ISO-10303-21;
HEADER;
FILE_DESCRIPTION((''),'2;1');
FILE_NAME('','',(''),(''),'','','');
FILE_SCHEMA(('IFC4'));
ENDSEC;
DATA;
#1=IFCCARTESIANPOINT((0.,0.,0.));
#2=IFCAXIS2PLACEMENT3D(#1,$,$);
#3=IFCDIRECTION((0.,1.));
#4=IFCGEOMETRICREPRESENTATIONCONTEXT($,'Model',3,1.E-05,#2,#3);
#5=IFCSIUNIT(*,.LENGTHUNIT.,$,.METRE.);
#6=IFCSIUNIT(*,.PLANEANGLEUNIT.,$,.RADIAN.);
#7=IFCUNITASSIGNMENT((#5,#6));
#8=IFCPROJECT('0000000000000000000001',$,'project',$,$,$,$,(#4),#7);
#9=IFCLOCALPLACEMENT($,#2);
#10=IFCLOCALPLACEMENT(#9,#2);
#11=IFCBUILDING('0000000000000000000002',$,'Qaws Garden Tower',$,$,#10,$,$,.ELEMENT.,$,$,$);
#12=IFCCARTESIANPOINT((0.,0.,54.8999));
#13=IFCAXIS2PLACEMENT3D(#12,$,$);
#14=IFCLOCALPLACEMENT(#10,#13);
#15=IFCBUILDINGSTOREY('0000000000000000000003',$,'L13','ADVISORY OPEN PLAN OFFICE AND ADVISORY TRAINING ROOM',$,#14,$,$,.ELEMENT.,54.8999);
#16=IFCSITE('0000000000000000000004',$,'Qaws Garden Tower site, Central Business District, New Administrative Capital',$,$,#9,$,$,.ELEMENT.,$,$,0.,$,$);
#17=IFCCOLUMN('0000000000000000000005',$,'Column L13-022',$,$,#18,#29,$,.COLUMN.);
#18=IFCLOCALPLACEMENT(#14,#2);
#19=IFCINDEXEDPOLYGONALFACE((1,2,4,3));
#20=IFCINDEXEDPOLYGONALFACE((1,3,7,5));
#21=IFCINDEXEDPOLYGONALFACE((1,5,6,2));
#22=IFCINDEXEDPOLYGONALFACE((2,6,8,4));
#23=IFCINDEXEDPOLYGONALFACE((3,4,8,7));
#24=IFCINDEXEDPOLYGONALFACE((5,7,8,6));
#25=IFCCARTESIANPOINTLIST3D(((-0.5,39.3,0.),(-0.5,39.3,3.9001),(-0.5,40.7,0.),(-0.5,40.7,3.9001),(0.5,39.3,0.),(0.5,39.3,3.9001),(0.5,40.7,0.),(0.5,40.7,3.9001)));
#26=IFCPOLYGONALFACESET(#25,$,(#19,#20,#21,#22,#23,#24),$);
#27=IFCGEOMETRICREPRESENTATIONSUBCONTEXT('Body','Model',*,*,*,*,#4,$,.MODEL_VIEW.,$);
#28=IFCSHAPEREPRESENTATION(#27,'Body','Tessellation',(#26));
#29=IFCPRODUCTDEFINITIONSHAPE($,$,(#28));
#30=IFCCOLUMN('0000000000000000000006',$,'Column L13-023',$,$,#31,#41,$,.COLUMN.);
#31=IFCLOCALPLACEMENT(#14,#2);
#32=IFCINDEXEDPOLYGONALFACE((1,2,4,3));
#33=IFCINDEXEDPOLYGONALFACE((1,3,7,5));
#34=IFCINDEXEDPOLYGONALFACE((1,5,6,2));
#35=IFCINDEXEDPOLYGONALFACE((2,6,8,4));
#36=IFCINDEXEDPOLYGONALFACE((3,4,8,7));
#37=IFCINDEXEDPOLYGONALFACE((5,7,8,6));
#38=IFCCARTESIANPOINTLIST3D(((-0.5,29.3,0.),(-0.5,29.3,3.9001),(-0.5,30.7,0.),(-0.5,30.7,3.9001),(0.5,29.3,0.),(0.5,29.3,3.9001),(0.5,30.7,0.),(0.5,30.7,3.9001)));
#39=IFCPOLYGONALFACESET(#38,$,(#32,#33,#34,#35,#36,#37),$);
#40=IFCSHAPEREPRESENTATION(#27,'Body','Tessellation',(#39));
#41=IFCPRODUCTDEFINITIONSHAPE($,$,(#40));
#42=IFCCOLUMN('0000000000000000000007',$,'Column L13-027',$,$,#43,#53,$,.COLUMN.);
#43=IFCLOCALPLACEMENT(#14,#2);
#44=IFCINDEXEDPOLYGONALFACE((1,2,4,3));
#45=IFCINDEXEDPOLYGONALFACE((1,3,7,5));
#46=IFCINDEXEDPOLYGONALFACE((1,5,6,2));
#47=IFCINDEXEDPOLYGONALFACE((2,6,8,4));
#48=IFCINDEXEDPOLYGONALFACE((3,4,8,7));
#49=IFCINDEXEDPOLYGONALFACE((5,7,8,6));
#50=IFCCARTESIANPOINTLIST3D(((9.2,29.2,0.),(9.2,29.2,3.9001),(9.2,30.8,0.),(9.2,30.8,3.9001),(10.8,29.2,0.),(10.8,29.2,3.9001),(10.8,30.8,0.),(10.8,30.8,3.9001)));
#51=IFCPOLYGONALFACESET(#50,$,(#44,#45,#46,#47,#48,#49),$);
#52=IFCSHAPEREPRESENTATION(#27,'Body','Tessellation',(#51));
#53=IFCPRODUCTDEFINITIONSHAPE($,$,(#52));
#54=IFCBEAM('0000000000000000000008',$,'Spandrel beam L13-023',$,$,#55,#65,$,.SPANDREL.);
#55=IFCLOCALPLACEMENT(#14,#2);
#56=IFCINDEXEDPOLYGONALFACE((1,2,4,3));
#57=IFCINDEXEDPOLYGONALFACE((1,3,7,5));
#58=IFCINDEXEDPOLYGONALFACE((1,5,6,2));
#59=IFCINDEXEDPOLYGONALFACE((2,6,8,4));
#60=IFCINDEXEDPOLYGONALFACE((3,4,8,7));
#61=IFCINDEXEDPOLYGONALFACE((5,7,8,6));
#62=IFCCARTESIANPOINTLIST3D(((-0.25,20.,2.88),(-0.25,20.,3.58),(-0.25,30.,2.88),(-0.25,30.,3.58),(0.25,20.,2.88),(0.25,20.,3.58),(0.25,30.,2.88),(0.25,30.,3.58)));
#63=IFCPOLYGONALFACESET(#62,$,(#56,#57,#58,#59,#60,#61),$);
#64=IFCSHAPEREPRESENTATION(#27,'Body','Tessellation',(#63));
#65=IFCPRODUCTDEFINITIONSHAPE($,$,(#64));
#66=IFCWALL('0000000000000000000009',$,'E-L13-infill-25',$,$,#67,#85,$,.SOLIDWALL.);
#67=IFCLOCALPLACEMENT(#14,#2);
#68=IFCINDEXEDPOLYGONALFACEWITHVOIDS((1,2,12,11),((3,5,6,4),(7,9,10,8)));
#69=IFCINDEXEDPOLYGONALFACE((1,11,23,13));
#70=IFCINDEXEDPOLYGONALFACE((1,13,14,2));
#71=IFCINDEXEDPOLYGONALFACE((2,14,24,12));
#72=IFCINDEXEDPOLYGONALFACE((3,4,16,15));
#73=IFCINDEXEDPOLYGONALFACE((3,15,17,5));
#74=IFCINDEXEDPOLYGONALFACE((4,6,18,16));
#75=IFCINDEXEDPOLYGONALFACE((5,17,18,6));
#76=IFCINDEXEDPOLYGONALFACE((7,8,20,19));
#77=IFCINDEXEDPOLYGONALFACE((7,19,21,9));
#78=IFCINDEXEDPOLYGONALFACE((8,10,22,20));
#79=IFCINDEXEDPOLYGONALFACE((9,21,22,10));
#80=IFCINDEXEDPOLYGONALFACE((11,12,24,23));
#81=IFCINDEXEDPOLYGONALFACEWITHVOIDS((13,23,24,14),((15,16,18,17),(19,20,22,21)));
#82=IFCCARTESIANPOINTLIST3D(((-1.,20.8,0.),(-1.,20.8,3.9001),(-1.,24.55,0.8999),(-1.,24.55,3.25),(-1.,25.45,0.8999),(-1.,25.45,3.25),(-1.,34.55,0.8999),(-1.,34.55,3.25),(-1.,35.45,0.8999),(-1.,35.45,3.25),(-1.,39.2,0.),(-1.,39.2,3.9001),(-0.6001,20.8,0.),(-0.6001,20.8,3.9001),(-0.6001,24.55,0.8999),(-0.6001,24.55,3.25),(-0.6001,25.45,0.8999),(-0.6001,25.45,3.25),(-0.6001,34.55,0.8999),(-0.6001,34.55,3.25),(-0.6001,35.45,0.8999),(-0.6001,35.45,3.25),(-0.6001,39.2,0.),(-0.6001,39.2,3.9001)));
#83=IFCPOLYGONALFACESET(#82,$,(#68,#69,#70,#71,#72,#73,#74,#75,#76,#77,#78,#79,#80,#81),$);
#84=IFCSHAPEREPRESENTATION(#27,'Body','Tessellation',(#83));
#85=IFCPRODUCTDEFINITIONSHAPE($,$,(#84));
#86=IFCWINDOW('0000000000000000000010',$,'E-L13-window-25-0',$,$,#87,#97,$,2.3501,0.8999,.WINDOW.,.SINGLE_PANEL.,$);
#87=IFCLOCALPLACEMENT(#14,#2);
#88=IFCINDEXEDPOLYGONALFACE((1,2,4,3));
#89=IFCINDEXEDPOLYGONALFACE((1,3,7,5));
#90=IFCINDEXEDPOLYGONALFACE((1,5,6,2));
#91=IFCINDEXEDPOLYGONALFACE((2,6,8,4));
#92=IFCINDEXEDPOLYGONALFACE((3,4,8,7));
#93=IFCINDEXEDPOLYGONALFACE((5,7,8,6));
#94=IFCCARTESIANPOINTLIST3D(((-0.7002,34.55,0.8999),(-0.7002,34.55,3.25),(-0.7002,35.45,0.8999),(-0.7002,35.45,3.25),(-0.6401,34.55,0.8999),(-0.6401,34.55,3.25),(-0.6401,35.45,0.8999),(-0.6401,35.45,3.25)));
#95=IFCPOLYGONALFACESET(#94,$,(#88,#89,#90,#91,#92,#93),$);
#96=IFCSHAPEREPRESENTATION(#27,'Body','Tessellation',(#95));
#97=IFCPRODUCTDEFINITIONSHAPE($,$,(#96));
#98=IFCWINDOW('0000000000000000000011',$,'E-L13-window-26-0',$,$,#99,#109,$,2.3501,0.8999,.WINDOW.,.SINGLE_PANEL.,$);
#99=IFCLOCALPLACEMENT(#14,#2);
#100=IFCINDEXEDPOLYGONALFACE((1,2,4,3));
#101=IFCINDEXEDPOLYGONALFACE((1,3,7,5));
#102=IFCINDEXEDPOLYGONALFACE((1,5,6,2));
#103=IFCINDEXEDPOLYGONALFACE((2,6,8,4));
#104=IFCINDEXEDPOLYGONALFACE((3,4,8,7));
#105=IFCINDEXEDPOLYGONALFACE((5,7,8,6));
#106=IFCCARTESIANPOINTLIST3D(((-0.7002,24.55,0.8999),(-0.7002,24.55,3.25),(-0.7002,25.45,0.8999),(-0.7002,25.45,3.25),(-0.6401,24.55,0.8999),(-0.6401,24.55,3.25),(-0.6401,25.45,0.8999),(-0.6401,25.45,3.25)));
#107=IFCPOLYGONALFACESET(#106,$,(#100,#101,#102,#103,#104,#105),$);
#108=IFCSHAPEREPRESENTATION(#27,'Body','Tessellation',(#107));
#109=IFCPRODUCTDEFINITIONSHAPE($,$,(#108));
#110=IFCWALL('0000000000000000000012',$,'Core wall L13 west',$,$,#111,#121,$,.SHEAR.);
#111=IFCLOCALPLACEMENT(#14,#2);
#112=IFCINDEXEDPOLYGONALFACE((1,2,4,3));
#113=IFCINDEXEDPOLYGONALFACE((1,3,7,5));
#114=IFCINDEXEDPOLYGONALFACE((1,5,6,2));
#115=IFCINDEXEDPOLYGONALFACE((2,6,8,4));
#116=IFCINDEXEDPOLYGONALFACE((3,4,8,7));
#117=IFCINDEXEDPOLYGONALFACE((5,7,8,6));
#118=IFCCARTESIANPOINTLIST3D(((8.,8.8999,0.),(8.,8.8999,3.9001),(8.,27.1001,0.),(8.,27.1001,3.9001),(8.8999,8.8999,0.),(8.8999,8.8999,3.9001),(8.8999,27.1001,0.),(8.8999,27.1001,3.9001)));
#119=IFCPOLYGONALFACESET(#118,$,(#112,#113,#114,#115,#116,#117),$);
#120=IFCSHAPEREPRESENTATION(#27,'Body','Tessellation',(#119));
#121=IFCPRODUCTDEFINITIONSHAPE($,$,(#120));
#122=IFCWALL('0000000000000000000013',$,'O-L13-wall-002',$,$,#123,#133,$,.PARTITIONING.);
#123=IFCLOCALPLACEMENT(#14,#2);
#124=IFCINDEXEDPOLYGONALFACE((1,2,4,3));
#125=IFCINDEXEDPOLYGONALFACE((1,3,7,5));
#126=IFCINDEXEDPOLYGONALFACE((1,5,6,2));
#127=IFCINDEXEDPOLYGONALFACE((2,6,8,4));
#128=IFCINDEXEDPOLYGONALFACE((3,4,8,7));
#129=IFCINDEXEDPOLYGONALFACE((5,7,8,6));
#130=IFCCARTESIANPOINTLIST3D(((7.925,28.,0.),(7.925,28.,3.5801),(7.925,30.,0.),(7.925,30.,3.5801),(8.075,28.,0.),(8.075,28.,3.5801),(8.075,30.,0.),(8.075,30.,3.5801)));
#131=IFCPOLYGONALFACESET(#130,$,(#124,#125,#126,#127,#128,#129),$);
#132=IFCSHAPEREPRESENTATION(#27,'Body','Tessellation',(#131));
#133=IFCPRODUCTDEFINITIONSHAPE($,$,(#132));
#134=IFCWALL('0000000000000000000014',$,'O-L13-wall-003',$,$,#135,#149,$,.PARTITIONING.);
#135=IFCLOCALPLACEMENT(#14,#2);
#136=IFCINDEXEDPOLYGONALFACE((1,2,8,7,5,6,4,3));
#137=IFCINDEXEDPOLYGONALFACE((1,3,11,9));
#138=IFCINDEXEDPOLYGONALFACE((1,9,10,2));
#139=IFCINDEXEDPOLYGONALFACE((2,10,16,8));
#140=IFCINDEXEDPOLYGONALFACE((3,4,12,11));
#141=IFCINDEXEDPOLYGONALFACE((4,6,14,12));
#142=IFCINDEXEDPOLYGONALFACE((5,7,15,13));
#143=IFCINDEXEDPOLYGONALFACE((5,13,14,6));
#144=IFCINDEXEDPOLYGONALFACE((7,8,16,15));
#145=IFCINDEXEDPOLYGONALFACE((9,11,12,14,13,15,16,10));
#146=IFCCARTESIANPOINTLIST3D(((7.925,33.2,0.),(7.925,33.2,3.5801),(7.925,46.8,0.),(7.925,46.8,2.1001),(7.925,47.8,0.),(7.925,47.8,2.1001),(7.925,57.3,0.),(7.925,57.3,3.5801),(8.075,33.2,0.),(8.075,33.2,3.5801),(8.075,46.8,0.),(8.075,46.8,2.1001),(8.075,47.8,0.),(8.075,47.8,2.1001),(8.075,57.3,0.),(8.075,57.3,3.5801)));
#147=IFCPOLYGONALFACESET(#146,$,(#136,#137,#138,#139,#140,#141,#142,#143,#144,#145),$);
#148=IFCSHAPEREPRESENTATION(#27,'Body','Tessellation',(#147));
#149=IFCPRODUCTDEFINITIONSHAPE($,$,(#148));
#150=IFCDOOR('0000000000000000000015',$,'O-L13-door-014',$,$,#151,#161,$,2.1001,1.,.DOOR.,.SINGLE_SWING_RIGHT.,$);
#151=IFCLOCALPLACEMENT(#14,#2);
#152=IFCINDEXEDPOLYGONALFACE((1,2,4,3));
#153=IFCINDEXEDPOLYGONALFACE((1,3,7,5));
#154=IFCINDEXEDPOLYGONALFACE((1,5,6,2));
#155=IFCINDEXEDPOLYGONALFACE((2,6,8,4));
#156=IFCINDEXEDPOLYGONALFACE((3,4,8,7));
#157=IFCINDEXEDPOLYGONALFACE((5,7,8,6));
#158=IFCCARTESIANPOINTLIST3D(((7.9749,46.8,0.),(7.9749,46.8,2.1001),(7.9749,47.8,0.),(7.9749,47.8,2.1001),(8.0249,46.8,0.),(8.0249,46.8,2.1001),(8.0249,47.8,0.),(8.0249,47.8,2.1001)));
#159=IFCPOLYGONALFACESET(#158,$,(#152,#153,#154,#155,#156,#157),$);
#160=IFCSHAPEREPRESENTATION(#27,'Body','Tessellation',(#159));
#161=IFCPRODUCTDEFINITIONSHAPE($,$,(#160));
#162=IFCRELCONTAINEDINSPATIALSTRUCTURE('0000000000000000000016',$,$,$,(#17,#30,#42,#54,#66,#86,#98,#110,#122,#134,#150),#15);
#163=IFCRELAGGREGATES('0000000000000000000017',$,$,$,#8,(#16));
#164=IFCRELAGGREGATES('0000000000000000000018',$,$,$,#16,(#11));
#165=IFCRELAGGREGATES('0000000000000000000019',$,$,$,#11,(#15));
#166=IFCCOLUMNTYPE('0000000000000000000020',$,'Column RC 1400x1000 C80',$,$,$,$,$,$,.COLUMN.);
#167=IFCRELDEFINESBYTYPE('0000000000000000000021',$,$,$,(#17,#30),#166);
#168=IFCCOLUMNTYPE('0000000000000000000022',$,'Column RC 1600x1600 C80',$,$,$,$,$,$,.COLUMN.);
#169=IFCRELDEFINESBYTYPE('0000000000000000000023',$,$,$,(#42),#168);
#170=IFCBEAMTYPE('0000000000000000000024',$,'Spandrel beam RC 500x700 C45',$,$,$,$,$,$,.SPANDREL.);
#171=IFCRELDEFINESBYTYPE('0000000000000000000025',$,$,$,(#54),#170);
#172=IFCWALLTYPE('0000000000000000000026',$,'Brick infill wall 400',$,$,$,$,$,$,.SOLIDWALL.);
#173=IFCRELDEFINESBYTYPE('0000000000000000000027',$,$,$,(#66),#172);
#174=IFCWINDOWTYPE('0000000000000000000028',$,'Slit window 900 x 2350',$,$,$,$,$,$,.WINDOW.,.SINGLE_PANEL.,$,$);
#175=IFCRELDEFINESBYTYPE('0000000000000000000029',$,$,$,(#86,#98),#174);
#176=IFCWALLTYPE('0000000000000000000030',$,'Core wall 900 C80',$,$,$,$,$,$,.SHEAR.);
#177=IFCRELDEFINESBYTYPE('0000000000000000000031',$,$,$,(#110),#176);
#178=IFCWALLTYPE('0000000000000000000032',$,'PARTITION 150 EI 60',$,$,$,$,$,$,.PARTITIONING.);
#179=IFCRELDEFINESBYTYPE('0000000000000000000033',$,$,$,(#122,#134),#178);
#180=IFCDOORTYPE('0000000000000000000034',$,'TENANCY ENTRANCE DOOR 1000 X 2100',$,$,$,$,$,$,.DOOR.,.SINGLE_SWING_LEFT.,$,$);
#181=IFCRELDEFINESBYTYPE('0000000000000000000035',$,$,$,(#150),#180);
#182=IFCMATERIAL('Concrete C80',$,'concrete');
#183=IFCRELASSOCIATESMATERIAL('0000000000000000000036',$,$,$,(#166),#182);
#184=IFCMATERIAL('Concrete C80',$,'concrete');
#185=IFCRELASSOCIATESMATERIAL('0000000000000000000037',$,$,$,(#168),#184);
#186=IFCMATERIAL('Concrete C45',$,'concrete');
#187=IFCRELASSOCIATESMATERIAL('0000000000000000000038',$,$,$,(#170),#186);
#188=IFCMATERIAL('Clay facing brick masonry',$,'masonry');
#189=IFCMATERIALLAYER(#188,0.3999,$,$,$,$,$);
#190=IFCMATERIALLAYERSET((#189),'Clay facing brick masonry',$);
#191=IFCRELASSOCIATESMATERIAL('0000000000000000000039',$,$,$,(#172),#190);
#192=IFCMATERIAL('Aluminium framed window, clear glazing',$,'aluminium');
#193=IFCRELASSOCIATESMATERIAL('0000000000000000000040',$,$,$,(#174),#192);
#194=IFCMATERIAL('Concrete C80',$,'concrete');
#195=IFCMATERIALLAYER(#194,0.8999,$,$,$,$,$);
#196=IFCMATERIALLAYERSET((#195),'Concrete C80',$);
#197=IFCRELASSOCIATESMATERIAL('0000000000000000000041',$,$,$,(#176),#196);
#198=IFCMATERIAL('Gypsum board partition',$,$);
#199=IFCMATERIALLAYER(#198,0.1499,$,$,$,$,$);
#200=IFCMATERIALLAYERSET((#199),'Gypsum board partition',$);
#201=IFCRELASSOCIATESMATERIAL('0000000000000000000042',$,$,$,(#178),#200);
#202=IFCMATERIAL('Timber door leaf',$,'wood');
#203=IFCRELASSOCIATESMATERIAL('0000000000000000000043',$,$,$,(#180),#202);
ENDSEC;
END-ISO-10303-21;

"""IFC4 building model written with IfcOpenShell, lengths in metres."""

from ifc_helpers import new_model, si_unit, direction, frame, frame_2d, origin, origin_2d, place, context, subcontext, project, spatial, rectangle, extrude, material, layer, layer_set, material_profile, profile_set, type_object, element, fill, save


model = new_model("IFC4")

# Units and contexts
model_context = context("Model", 3, precision=1e-05, world=origin(), true_north=direction((0.0, 1.0)))
body_context = subcontext(model_context, "Body", "Model", "MODEL_VIEW")
ifc_project = project(units=[si_unit("LENGTHUNIT", "METRE"), si_unit("PLANEANGLEUNIT", "RADIAN")], contexts=[model_context])

# Site, building, storey
site_placement = place(None, origin())
site = spatial("IfcSite", under=ifc_project, at=site_placement, Name="Qaws Garden Tower site, Central Business District, New Administrative Capital", CompositionType="ELEMENT", RefElevation=0.0)
building_placement = place(site_placement, origin())
building = spatial("IfcBuilding", under=site, at=building_placement, Name="Qaws Garden Tower", CompositionType="ELEMENT")
storey_placement = place(building_placement, frame((0.0, 0.0, 54.8999)))
storey = spatial("IfcBuildingStorey", under=building, at=storey_placement, Name="L13", Description="ADVISORY OPEN PLAN OFFICE AND ADVISORY TRAINING ROOM", CompositionType="ELEMENT", Elevation=54.8999)

# Columns
ifc_material_1 = material(Name="Concrete C80", Category="concrete")
ifc_material_profile_1 = material_profile(ifc_material_1, rectangle(XDim=1.3999, YDim=1.0, at=origin_2d()), Name="RC 1400x1000")
ifc_profile_set_1 = profile_set([ifc_material_profile_1], Name="Concrete C80")
column_type_1 = type_object("IfcColumnType", Name="Column RC 1400x1000 C80", PredefinedType="COLUMN", material=ifc_profile_set_1)
for number, where, z_axis, x_axis, name in (
    (1, (0.0, 40.0, 0.0), (0.0, 0.0, 1.0), (0.0, 1.0, 0.0), "Column L13-022"),
    (2, (0.0, 30.0, 0.0), (0.0, 0.0, 1.0), (0.0, 1.0, 0.0), "Column L13-023"),
):
    element("IfcColumn", number, at=place(storey_placement, frame(where, z_axis=z_axis, x_axis=x_axis)), inside=storey, type_object=column_type_1, Name=name, PredefinedType="COLUMN", context=body_context, shape_type="SweptSolid", body=[
        extrude(rectangle(XDim=1.3999, YDim=1.0, at=origin_2d()), origin(), (0.0, 0.0, 1.0), 3.9001),
    ])
ifc_material_2 = material(Name="Concrete C80", Category="concrete")
ifc_material_profile_2 = material_profile(ifc_material_2, rectangle(XDim=1.6001, YDim=1.6001, at=origin_2d()), Name="RC 1600x1600")
ifc_profile_set_2 = profile_set([ifc_material_profile_2], Name="Concrete C80")
column_type_2 = type_object("IfcColumnType", Name="Column RC 1600x1600 C80", PredefinedType="COLUMN", material=ifc_profile_set_2)
column_placement = place(storey_placement, frame((10.0, 30.0, 0.0), z_axis=(0.0, 0.0, 1.0), x_axis=(1.0, 0.0, 0.0)))
element("IfcColumn", 3, at=column_placement, inside=storey, type_object=column_type_2, Name="Column L13-027", PredefinedType="COLUMN", context=body_context, shape_type="SweptSolid", body=[
    extrude(rectangle(XDim=1.6001, YDim=1.6001, at=origin_2d()), origin(), (0.0, 0.0, 1.0), 3.9001),
])

# Beam
ifc_material_3 = material(Name="Concrete C45", Category="concrete")
ifc_material_profile_3 = material_profile(ifc_material_3, rectangle(XDim=0.5, YDim=0.7, at=origin_2d()), Name="RC 500x700")
ifc_profile_set_3 = profile_set([ifc_material_profile_3], Name="Concrete C45")
beam_type = type_object("IfcBeamType", Name="Spandrel beam RC 500x700 C45", PredefinedType="SPANDREL", material=ifc_profile_set_3)
beam_placement = place(storey_placement, frame((0.0, 30.0, 3.23), z_axis=(0.0, -1.0, 0.0), x_axis=(1.0, 0.0, 0.0)))
element("IfcBeam", 4, at=beam_placement, inside=storey, type_object=beam_type, Name="Spandrel beam L13-023", PredefinedType="SPANDREL", context=body_context, shape_type="SweptSolid", body=[
    extrude(rectangle(XDim=0.5, YDim=0.7, at=origin_2d()), origin(), (0.0, 0.0, 1.0), 10.0),
])

# Wall, openings, windows
ifc_material_4 = material(Name="Clay facing brick masonry", Category="masonry")
ifc_layer_1 = layer(ifc_material_4, 0.3999)
ifc_layer_set_1 = layer_set([ifc_layer_1], Name="Clay facing brick masonry")
wall_type_1 = type_object("IfcWallType", Name="Brick infill wall 400", PredefinedType="SOLIDWALL", material=ifc_layer_set_1)
wall_1_placement = place(storey_placement, frame((-0.8, 39.2, 0.0), z_axis=(0.0, 0.0, 1.0), x_axis=(0.0, -1.0, 0.0)))
wall_1 = element("IfcWall", 5, at=wall_1_placement, inside=storey, type_object=wall_type_1, Name="E-L13-infill-25", PredefinedType="SOLIDWALL", context=body_context, shape_type="SweptSolid", body=[
    extrude(rectangle(XDim=18.3999, YDim=0.3999, at=frame_2d((9.2, 0.0))), origin(), (0.0, 0.0, 1.0), 3.9001),
])
opening_1_placement = place(wall_1_placement, frame((3.75, 0.0, 0.8999)))
opening_1 = element("IfcOpeningElement", 6, at=opening_1_placement, cuts=wall_1, PredefinedType="OPENING", context=body_context, shape_type="SweptSolid", body=[
    extrude(rectangle(XDim=0.8999, YDim=2.3501, at=frame_2d((0.45, 1.175))), frame((0.0, 0.21, 0.0), z_axis=(0.0, -1.0, 0.0), x_axis=(1.0, 0.0, 0.0)), (0.0, 0.0, 1.0), 0.4199),
])
opening_2_placement = place(wall_1_placement, frame((13.75, 0.0, 0.8999)))
opening_2 = element("IfcOpeningElement", 7, at=opening_2_placement, cuts=wall_1, PredefinedType="OPENING", context=body_context, shape_type="SweptSolid", body=[
    extrude(rectangle(XDim=0.8999, YDim=2.3501, at=frame_2d((0.45, 1.175))), frame((0.0, 0.21, 0.0), z_axis=(0.0, -1.0, 0.0), x_axis=(1.0, 0.0, 0.0)), (0.0, 0.0, 1.0), 0.4199),
])
ifc_material_5 = material(Name="Aluminium framed window, clear glazing", Category="aluminium")
window_type = type_object("IfcWindowType", Name="Slit window 900 x 2350", PartitioningType="SINGLE_PANEL", PredefinedType="WINDOW", material=ifc_material_5)
window_1_placement = place(opening_1_placement, origin())
window_1 = element("IfcWindow", 8, at=window_1_placement, inside=storey, type_object=window_type, Name="E-L13-window-25-0", OverallHeight=2.3501, OverallWidth=0.8999, PartitioningType="SINGLE_PANEL", PredefinedType="WINDOW", context=body_context, shape_type="SweptSolid", body=[
    extrude(rectangle(XDim=0.8999, YDim=2.3501, at=frame_2d((0.45, 1.175))), frame((0.0, 0.1599, 0.0), z_axis=(0.0, -1.0, 0.0), x_axis=(1.0, 0.0, 0.0)), (0.0, 0.0, 1.0), 0.0601),
])
fill(opening_1, window_1)
window_2_placement = place(opening_2_placement, origin())
window_2 = element("IfcWindow", 9, at=window_2_placement, inside=storey, type_object=window_type, Name="E-L13-window-26-0", OverallHeight=2.3501, OverallWidth=0.8999, PartitioningType="SINGLE_PANEL", PredefinedType="WINDOW", context=body_context, shape_type="SweptSolid", body=[
    extrude(rectangle(XDim=0.8999, YDim=2.3501, at=frame_2d((0.45, 1.175))), frame((0.0, 0.1599, 0.0), z_axis=(0.0, -1.0, 0.0), x_axis=(1.0, 0.0, 0.0)), (0.0, 0.0, 1.0), 0.0601),
])
fill(opening_2, window_2)

# Walls
ifc_material_6 = material(Name="Concrete C80", Category="concrete")
ifc_layer_2 = layer(ifc_material_6, 0.8999)
ifc_layer_set_2 = layer_set([ifc_layer_2], Name="Concrete C80")
wall_type_2 = type_object("IfcWallType", Name="Core wall 900 C80", PredefinedType="SHEAR", material=ifc_layer_set_2)
wall_2_placement = place(storey_placement, frame((8.45, 27.1001, 0.0), z_axis=(0.0, 0.0, 1.0), x_axis=(0.0, -1.0, 0.0)))
element("IfcWall", 10, at=wall_2_placement, inside=storey, type_object=wall_type_2, Name="Core wall L13 west", PredefinedType="SHEAR", context=body_context, shape_type="SweptSolid", body=[
    extrude(rectangle(XDim=18.2002, YDim=0.8999, at=frame_2d((9.1001, 0.0))), origin(), (0.0, 0.0, 1.0), 3.9001),
])
ifc_material_7 = material(Name="Gypsum board partition")
ifc_layer_3 = layer(ifc_material_7, 0.1499)
ifc_layer_set_3 = layer_set([ifc_layer_3], Name="Gypsum board partition")
wall_type_3 = type_object("IfcWallType", Name="PARTITION 150 EI 60", PredefinedType="PARTITIONING", material=ifc_layer_set_3)
wall_3_placement = place(storey_placement, frame((8.0, 28.0, 0.0), z_axis=(0.0, 0.0, 1.0), x_axis=(0.0, 1.0, 0.0)))
element("IfcWall", 11, at=wall_3_placement, inside=storey, type_object=wall_type_3, Name="O-L13-wall-002", PredefinedType="PARTITIONING", context=body_context, shape_type="SweptSolid", body=[
    extrude(rectangle(XDim=2.0, YDim=0.1499, at=frame_2d((1.0, 0.0))), origin(), (0.0, 0.0, 1.0), 3.5801),
])

# Wall, opening, door
wall_4_placement = place(storey_placement, frame((8.0, 33.2, 0.0), z_axis=(0.0, 0.0, 1.0), x_axis=(0.0, 1.0, 0.0)))
wall_4 = element("IfcWall", 12, at=wall_4_placement, inside=storey, type_object=wall_type_3, Name="O-L13-wall-003", PredefinedType="PARTITIONING", context=body_context, shape_type="SweptSolid", body=[
    extrude(rectangle(XDim=24.1001, YDim=0.1499, at=frame_2d((12.05, 0.0))), origin(), (0.0, 0.0, 1.0), 3.5801),
])
opening_3_placement = place(wall_4_placement, frame((13.6001, 0.0, 0.0)))
opening_3 = element("IfcOpeningElement", 13, at=opening_3_placement, cuts=wall_4, PredefinedType="OPENING", context=body_context, shape_type="SweptSolid", body=[
    extrude(rectangle(XDim=1.0, YDim=2.1001, at=frame_2d((0.5, 1.05))), frame((0.0, 0.085, 0.0), z_axis=(0.0, -1.0, 0.0), x_axis=(1.0, 0.0, 0.0)), (0.0, 0.0, 1.0), 0.1699),
])
ifc_material_8 = material(Name="Timber door leaf", Category="wood")
door_type_1 = type_object("IfcDoorType", Name="TENANCY ENTRANCE DOOR 1000 X 2100", OperationType="SINGLE_SWING_LEFT", PredefinedType="DOOR", material=ifc_material_8)
door_1_placement = place(opening_3_placement, frame((1.0, 0.0, 0.0), z_axis=(0.0, 0.0, 1.0), x_axis=(-1.0, 0.0, 0.0)))
door_1 = element("IfcDoor", 14, at=door_1_placement, inside=storey, type_object=door_type_1, Name="O-L13-door-014", OperationType="SINGLE_SWING_RIGHT", OverallHeight=2.1001, OverallWidth=1.0, PredefinedType="DOOR", context=body_context, shape_type="SweptSolid", body=[
    extrude(rectangle(XDim=1.0, YDim=2.1001, at=frame_2d((0.5, 1.05))), frame((0.0, 0.0249, 0.0), z_axis=(0.0, -1.0, 0.0), x_axis=(1.0, 0.0, 0.0)), (0.0, 0.0, 1.0), 0.05),
])
fill(opening_3, door_1)

save(model, "model.ifc")
